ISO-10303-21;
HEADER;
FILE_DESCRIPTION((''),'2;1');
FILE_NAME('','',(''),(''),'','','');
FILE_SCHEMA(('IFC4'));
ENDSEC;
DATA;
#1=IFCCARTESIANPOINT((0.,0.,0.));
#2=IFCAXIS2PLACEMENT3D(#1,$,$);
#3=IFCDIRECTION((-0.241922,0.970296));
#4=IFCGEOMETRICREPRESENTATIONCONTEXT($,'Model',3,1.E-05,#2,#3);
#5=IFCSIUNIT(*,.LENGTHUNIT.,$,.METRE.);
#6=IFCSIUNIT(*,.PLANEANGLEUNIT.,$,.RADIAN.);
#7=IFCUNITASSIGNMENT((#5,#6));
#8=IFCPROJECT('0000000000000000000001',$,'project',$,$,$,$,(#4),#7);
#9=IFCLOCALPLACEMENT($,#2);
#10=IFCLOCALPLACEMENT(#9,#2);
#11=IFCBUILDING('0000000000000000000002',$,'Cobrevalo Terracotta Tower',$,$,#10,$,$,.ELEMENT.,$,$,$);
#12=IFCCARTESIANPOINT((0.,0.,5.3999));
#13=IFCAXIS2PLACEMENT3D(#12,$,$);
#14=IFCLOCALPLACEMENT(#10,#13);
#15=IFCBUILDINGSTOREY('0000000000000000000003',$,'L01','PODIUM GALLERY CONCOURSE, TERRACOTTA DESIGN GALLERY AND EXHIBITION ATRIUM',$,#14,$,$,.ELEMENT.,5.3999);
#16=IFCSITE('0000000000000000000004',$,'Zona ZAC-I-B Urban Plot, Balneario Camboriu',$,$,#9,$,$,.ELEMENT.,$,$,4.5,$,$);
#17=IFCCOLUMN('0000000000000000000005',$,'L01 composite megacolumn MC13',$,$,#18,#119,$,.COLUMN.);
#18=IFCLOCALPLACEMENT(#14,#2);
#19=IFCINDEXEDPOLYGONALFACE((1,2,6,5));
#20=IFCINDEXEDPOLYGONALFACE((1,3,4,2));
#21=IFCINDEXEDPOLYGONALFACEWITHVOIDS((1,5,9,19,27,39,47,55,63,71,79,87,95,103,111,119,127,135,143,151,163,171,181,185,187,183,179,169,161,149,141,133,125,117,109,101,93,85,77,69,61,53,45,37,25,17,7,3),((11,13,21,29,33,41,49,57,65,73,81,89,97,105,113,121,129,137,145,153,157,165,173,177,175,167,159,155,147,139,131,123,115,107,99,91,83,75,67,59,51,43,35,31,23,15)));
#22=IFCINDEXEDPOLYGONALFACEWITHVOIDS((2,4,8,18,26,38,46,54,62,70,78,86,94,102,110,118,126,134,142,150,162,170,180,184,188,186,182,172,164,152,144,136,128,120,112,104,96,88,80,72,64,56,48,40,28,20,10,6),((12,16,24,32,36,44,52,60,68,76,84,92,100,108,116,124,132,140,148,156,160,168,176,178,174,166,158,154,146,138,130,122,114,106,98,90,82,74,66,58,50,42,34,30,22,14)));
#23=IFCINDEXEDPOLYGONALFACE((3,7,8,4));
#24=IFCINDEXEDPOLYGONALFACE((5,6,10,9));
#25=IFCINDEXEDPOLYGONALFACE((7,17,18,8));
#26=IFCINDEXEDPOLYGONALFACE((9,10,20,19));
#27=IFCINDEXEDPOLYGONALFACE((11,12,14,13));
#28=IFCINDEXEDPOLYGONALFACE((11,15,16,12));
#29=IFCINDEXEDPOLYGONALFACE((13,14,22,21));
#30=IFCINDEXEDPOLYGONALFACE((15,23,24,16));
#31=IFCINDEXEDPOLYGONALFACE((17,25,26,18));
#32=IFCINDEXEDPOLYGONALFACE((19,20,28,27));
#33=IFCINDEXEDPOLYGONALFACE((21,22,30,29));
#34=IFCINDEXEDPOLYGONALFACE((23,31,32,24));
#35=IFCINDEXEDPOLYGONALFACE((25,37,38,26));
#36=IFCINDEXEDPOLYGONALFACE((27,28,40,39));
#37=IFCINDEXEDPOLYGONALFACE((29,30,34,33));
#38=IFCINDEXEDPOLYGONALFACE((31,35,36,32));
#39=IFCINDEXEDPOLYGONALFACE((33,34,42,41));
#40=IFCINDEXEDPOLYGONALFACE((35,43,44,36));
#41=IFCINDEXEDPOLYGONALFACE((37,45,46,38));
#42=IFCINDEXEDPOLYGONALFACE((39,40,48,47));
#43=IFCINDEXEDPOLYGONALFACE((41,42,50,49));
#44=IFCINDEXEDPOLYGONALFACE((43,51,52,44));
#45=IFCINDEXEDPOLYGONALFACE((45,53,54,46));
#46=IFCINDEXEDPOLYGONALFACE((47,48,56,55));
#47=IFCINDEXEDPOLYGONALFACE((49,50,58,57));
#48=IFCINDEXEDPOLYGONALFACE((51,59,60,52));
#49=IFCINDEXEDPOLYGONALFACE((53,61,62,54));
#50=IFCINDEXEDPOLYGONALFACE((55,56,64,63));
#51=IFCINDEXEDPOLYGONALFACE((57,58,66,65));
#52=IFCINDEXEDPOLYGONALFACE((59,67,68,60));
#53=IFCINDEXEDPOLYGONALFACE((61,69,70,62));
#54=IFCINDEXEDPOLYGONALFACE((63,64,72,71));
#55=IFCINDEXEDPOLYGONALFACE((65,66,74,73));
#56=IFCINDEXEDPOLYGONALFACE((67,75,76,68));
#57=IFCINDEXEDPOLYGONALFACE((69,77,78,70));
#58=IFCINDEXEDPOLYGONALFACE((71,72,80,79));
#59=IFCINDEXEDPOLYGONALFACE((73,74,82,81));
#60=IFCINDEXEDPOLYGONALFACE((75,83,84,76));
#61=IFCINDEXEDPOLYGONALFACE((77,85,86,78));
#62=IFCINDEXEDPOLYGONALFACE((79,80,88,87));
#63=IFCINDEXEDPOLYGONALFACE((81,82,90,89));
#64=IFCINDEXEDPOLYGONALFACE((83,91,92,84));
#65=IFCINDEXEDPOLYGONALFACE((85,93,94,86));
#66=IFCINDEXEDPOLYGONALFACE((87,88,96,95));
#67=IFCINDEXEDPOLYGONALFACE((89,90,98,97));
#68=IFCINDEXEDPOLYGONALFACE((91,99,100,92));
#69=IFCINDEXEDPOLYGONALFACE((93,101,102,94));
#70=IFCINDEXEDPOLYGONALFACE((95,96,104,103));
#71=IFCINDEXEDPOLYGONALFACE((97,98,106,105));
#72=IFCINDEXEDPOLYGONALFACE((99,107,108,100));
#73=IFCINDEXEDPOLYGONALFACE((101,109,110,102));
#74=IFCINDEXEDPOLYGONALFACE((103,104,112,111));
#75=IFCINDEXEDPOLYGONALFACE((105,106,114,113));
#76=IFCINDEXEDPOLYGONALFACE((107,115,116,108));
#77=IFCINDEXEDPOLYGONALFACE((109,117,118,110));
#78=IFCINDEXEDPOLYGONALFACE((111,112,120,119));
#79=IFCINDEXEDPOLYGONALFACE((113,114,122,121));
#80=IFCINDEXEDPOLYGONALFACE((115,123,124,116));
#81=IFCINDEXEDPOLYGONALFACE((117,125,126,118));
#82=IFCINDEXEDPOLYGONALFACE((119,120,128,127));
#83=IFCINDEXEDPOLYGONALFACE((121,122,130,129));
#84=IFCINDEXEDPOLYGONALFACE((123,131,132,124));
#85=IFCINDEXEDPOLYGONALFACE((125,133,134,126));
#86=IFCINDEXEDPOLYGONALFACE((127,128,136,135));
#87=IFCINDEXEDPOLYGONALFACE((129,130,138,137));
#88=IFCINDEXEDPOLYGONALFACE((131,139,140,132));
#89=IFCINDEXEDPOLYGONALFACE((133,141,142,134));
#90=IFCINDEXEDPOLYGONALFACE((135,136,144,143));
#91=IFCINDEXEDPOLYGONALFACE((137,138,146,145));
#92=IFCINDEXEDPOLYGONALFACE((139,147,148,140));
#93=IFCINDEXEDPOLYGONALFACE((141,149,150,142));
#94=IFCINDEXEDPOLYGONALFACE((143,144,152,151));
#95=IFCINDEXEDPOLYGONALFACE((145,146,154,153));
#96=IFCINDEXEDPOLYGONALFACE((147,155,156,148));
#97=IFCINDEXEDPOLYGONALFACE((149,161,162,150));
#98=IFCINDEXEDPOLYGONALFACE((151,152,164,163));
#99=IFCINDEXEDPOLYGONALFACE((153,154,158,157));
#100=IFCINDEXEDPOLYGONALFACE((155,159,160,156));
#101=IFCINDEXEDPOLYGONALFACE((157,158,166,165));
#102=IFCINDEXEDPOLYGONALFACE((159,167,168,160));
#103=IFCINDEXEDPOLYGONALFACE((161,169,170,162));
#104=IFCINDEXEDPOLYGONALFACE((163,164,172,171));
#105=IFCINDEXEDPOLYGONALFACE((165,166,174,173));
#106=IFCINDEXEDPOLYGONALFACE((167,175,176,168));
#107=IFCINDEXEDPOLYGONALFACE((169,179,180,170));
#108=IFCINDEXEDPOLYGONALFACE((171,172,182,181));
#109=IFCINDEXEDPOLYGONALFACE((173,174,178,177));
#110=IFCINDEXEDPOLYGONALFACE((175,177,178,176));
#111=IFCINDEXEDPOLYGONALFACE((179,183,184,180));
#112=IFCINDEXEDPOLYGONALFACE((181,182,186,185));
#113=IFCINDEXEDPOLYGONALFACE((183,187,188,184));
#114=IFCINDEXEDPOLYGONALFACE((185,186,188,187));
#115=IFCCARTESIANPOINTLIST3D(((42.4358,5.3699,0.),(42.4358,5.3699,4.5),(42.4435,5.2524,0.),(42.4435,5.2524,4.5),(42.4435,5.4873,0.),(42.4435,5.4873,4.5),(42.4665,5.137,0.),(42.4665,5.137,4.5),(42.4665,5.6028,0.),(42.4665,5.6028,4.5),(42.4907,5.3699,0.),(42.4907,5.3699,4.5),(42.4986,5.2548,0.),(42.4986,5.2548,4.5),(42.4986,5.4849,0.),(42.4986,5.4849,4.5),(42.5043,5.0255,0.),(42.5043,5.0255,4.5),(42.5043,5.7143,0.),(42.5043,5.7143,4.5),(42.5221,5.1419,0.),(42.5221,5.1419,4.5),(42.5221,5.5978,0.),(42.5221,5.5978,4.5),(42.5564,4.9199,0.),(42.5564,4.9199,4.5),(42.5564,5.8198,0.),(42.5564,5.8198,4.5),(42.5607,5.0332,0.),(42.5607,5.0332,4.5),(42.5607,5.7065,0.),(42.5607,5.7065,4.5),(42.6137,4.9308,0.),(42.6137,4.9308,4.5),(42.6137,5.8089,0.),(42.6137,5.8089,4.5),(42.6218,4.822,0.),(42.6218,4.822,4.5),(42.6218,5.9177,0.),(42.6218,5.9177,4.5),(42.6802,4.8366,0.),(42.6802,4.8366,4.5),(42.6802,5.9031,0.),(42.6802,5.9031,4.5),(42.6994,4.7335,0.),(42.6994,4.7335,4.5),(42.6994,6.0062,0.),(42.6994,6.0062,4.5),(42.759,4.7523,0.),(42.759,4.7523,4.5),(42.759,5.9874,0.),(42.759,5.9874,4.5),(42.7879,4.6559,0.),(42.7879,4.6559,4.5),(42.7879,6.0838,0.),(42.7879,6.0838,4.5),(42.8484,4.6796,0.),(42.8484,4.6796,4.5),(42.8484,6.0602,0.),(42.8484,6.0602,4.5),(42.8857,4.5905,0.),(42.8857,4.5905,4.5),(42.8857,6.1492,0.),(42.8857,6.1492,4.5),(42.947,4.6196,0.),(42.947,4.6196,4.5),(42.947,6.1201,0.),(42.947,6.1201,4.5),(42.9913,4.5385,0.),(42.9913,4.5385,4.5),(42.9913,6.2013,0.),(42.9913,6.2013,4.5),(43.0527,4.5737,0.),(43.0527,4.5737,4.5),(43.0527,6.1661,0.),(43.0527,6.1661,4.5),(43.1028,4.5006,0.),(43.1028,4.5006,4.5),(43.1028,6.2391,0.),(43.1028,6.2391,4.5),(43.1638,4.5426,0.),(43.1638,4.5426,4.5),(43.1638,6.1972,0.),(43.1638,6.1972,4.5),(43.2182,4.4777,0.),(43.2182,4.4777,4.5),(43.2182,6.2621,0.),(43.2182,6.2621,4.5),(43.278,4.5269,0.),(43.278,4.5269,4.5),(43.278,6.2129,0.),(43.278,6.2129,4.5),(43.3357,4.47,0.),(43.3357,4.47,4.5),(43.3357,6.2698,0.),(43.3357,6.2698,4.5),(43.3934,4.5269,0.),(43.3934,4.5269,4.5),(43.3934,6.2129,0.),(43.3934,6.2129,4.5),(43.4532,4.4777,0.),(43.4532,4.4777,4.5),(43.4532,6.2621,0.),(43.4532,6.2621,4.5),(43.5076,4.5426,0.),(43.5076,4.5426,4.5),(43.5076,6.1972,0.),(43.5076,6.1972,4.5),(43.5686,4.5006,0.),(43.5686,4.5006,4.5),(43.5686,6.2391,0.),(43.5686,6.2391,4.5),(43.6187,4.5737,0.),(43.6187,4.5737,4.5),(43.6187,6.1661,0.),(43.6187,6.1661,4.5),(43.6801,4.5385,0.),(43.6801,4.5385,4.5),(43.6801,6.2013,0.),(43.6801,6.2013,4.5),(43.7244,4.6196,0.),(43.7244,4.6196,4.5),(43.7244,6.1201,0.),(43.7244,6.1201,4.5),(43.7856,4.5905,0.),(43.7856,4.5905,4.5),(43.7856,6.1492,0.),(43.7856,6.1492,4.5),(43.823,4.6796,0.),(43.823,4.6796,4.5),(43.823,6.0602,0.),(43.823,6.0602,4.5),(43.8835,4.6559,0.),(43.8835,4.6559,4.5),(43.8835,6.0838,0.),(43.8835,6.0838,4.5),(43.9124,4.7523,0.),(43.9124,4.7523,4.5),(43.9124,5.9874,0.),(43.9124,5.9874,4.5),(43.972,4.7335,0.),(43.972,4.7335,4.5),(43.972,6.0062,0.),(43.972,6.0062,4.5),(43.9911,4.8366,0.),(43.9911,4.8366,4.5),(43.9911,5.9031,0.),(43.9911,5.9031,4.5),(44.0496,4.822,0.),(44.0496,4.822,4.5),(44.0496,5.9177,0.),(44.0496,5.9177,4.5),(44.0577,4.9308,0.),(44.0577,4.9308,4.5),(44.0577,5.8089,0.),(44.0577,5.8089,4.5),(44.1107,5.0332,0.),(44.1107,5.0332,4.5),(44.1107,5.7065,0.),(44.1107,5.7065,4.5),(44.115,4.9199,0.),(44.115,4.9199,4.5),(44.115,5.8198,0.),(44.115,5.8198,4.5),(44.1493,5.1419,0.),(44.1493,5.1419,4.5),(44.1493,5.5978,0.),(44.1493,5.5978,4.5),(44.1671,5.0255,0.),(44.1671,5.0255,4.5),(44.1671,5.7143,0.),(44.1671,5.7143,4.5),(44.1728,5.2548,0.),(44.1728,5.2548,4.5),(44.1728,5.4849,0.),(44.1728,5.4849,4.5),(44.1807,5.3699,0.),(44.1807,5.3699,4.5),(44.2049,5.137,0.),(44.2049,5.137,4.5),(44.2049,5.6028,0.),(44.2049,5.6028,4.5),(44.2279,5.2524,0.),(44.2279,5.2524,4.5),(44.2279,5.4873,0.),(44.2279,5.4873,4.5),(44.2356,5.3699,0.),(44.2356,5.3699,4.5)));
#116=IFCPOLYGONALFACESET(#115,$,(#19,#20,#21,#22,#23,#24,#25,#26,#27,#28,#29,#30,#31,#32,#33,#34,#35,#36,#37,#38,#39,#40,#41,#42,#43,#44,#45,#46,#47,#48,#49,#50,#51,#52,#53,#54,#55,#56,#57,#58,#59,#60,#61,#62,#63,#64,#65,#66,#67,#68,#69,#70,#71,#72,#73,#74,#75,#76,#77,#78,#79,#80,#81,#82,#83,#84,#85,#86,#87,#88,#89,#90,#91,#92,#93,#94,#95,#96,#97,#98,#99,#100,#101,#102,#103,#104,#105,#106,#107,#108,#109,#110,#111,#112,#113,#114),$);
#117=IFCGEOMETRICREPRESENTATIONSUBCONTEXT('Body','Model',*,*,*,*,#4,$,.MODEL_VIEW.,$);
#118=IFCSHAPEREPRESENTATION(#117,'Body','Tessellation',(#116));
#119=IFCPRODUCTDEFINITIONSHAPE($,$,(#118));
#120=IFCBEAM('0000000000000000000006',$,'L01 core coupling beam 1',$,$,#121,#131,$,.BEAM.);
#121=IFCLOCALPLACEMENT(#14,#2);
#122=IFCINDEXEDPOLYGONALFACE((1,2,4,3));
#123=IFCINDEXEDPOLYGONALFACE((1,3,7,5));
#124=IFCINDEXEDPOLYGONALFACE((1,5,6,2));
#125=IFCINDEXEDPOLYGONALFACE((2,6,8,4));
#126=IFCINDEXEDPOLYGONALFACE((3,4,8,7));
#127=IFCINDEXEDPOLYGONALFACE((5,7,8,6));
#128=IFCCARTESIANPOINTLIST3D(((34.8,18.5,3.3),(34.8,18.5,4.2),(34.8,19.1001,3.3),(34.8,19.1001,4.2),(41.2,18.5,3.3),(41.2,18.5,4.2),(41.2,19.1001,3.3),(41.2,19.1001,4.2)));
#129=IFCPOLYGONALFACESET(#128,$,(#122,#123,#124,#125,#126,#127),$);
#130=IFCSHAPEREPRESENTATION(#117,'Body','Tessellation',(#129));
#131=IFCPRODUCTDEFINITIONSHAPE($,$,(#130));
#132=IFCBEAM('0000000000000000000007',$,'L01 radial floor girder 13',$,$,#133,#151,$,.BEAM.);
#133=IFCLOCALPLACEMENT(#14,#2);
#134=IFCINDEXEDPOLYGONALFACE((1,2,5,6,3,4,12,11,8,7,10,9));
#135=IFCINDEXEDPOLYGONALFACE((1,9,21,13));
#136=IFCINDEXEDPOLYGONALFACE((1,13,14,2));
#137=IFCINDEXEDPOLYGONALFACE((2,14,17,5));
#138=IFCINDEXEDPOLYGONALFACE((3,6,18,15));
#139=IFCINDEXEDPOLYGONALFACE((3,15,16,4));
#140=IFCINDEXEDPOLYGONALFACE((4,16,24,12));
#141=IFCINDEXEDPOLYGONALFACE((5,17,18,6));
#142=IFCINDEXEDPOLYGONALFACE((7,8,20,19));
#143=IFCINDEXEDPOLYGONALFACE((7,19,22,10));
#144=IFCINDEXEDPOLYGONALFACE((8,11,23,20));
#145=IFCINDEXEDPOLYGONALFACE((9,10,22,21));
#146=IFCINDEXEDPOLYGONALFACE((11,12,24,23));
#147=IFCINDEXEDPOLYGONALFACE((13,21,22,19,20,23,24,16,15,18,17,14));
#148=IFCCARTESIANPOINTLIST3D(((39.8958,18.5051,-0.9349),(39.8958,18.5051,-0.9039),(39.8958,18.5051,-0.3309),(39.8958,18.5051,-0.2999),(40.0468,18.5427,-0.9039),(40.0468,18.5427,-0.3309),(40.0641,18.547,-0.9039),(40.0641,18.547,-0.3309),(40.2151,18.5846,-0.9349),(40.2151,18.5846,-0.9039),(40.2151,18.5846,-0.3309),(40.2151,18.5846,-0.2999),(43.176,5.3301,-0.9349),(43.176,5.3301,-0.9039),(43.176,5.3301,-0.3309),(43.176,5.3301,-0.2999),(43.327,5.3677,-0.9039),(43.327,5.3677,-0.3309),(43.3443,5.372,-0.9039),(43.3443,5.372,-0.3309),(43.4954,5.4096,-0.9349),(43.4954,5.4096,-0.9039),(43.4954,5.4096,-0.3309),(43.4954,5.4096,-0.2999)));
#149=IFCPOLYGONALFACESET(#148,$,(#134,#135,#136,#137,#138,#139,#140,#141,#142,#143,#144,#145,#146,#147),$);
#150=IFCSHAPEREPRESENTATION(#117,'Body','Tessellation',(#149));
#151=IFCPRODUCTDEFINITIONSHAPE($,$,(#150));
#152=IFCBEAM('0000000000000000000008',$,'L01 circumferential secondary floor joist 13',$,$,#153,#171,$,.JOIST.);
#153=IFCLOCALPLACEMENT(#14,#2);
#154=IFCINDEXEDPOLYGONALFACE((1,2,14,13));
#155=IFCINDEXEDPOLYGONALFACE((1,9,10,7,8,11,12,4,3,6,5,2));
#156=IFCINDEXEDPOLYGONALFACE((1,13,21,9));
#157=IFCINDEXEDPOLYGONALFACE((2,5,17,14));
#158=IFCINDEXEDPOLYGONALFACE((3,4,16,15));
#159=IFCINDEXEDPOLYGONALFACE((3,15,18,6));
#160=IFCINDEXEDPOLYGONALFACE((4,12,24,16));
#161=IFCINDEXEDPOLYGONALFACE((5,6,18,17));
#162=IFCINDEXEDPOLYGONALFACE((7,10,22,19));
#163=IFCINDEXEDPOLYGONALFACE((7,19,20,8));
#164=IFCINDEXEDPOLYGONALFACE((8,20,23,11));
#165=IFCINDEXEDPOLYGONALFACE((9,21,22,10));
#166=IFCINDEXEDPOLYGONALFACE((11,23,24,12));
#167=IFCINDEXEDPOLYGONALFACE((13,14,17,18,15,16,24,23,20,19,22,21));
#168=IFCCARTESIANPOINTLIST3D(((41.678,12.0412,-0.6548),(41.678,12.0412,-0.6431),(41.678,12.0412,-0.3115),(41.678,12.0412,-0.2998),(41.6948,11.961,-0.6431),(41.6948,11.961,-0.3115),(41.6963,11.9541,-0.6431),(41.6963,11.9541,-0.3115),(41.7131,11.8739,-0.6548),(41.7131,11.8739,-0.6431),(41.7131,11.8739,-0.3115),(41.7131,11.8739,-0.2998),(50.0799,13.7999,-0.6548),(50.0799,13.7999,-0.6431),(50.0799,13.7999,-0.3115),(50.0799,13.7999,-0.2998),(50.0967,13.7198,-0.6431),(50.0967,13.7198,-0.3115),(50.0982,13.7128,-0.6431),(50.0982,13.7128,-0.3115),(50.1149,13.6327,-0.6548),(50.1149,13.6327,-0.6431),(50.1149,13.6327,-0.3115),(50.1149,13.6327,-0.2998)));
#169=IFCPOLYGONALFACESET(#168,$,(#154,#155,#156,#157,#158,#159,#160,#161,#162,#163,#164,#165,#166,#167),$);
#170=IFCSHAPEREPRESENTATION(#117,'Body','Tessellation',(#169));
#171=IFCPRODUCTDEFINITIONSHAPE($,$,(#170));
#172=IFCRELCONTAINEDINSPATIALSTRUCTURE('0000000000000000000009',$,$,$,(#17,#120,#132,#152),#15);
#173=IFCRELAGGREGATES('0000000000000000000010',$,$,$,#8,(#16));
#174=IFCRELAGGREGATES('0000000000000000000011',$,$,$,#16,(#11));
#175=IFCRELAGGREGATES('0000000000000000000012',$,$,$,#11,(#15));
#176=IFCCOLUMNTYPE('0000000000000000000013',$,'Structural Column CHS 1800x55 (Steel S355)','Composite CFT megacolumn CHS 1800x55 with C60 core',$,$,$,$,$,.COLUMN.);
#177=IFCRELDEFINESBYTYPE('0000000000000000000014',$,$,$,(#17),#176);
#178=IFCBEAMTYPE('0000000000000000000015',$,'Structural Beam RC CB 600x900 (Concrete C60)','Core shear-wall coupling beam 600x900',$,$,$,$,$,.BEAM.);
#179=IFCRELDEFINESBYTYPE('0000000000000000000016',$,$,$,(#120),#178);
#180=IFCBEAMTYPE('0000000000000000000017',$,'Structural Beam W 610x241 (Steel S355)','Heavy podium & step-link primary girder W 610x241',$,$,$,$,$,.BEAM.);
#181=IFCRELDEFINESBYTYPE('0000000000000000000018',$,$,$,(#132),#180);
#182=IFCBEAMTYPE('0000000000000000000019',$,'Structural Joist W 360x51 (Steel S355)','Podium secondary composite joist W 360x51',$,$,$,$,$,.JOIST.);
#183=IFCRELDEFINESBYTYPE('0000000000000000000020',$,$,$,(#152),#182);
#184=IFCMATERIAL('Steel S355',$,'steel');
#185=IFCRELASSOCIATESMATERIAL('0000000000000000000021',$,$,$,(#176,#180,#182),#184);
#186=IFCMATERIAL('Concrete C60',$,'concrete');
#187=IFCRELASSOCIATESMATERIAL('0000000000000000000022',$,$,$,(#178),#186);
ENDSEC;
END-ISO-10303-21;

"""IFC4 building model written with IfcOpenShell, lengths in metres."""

from ifc_helpers import new_model, si_unit, direction, frame, origin, origin_2d, place, context, subcontext, project, spatial, rectangle, hollow_circle, i_section, extrude, material, material_profile, profile_set, type_object, element, save


model = new_model("IFC4")

# Units and contexts
model_context = context("Model", 3, precision=1e-05, world=origin(), true_north=direction((-0.241922, 0.970296)))
body_context = subcontext(model_context, "Body", "Model", "MODEL_VIEW")
ifc_project = project(units=[si_unit("LENGTHUNIT", "METRE"), si_unit("PLANEANGLEUNIT", "RADIAN")], contexts=[model_context])

# Site, building, storey
site_placement = place(None, origin())
site = spatial("IfcSite", under=ifc_project, at=site_placement, Name="Zona ZAC-I-B Urban Plot, Balneario Camboriu", CompositionType="ELEMENT", RefElevation=4.5)
building_placement = place(site_placement, origin())
building = spatial("IfcBuilding", under=site, at=building_placement, Name="Cobrevalo Terracotta Tower", CompositionType="ELEMENT")
storey_placement = place(building_placement, frame((0.0, 0.0, 5.3999)))
storey = spatial("IfcBuildingStorey", under=building, at=storey_placement, Name="L01", Description="PODIUM GALLERY CONCOURSE, TERRACOTTA DESIGN GALLERY AND EXHIBITION ATRIUM", CompositionType="ELEMENT", Elevation=5.3999)

# Column
ifc_material_1 = material(Name="Steel S355", Category="steel")
ifc_material_profile_1 = material_profile(ifc_material_1, hollow_circle(Radius=0.8999, WallThickness=0.0549, at=origin_2d()), Name="CHS 1800x55")
ifc_profile_set_1 = profile_set([ifc_material_profile_1], Name="Steel S355")
column_type = type_object("IfcColumnType", Name="Structural Column CHS 1800x55 (Steel S355)", Description="Composite CFT megacolumn CHS 1800x55 with C60 core", PredefinedType="COLUMN", material=ifc_profile_set_1)
column_placement = place(storey_placement, frame((43.3357, 5.3699, 0.0), z_axis=(0.0, 0.0, 1.0), x_axis=(1.0, 0.0, 0.0)))
element("IfcColumn", 1, at=column_placement, inside=storey, type_object=column_type, Name="L01 composite megacolumn MC13", PredefinedType="COLUMN", context=body_context, shape_type="SweptSolid", body=[
    extrude(hollow_circle(Radius=0.8999, WallThickness=0.0549, at=origin_2d()), origin(), (0.0, 0.0, 1.0), 4.5),
])

# Beams
ifc_material_2 = material(Name="Concrete C60", Category="concrete")
ifc_material_profile_2 = material_profile(ifc_material_2, rectangle(XDim=0.6001, YDim=0.8999, at=origin_2d()), Name="RC CB 600x900")
ifc_profile_set_2 = profile_set([ifc_material_profile_2], Name="Concrete C60")
beam_type_1 = type_object("IfcBeamType", Name="Structural Beam RC CB 600x900 (Concrete C60)", Description="Core shear-wall coupling beam 600x900", PredefinedType="BEAM", material=ifc_profile_set_2)
beam_1_placement = place(storey_placement, frame((34.8, 18.8, 3.75), z_axis=(1.0, 0.0, 0.0), x_axis=(0.0, 1.0, 0.0)))
element("IfcBeam", 2, at=beam_1_placement, inside=storey, type_object=beam_type_1, Name="L01 core coupling beam 1", PredefinedType="BEAM", context=body_context, shape_type="SweptSolid", body=[
    extrude(rectangle(XDim=0.6001, YDim=0.8999, at=origin_2d()), origin(), (0.0, 0.0, 1.0), 6.3999),
])
ifc_material_profile_3 = material_profile(ifc_material_1, i_section(OverallWidth=0.3291, OverallDepth=0.635, WebThickness=0.0178, FlangeThickness=0.031, at=origin_2d()), Name="W 610x241")
ifc_profile_set_3 = profile_set([ifc_material_profile_3], Name="Steel S355")
beam_type_2 = type_object("IfcBeamType", Name="Structural Beam W 610x241 (Steel S355)", Description="Heavy podium & step-link primary girder W 610x241", PredefinedType="BEAM", material=ifc_profile_set_3)
beam_2_placement = place(storey_placement, frame((43.3357, 5.3699, -0.6174), z_axis=(-0.2416, 0.970376, 0.0), x_axis=(-0.970376, -0.2416, 0.0)))
element("IfcBeam", 3, at=beam_2_placement, inside=storey, type_object=beam_type_2, Name="L01 radial floor girder 13", PredefinedType="BEAM", context=body_context, shape_type="SweptSolid", body=[
    extrude(i_section(OverallWidth=0.3291, OverallDepth=0.635, WebThickness=0.0178, FlangeThickness=0.031, at=origin_2d()), origin(), (0.0, 0.0, 1.0), 13.5771),
])
ifc_material_profile_4 = material_profile(ifc_material_1, i_section(OverallWidth=0.1709, OverallDepth=0.355, WebThickness=0.0071, FlangeThickness=0.0117, at=origin_2d()), Name="W 360x51")
ifc_profile_set_4 = profile_set([ifc_material_profile_4], Name="Steel S355")
beam_type_3 = type_object("IfcBeamType", Name="Structural Joist W 360x51 (Steel S355)", Description="Podium secondary composite joist W 360x51", PredefinedType="JOIST", material=ifc_profile_set_4)
beam_3_placement = place(storey_placement, frame((41.6956, 11.9575, -0.4773), z_axis=(0.978785, 0.204892, 0.0), x_axis=(-0.204892, 0.978785, 0.0)))
element("IfcBeam", 4, at=beam_3_placement, inside=storey, type_object=beam_type_3, Name="L01 circumferential secondary floor joist 13", PredefinedType="JOIST", context=body_context, shape_type="SweptSolid", body=[
    extrude(i_section(OverallWidth=0.1709, OverallDepth=0.355, WebThickness=0.0071, FlangeThickness=0.0117, at=origin_2d()), origin(), (0.0, 0.0, 1.0), 8.584),
])

save(model, "model.ifc")
